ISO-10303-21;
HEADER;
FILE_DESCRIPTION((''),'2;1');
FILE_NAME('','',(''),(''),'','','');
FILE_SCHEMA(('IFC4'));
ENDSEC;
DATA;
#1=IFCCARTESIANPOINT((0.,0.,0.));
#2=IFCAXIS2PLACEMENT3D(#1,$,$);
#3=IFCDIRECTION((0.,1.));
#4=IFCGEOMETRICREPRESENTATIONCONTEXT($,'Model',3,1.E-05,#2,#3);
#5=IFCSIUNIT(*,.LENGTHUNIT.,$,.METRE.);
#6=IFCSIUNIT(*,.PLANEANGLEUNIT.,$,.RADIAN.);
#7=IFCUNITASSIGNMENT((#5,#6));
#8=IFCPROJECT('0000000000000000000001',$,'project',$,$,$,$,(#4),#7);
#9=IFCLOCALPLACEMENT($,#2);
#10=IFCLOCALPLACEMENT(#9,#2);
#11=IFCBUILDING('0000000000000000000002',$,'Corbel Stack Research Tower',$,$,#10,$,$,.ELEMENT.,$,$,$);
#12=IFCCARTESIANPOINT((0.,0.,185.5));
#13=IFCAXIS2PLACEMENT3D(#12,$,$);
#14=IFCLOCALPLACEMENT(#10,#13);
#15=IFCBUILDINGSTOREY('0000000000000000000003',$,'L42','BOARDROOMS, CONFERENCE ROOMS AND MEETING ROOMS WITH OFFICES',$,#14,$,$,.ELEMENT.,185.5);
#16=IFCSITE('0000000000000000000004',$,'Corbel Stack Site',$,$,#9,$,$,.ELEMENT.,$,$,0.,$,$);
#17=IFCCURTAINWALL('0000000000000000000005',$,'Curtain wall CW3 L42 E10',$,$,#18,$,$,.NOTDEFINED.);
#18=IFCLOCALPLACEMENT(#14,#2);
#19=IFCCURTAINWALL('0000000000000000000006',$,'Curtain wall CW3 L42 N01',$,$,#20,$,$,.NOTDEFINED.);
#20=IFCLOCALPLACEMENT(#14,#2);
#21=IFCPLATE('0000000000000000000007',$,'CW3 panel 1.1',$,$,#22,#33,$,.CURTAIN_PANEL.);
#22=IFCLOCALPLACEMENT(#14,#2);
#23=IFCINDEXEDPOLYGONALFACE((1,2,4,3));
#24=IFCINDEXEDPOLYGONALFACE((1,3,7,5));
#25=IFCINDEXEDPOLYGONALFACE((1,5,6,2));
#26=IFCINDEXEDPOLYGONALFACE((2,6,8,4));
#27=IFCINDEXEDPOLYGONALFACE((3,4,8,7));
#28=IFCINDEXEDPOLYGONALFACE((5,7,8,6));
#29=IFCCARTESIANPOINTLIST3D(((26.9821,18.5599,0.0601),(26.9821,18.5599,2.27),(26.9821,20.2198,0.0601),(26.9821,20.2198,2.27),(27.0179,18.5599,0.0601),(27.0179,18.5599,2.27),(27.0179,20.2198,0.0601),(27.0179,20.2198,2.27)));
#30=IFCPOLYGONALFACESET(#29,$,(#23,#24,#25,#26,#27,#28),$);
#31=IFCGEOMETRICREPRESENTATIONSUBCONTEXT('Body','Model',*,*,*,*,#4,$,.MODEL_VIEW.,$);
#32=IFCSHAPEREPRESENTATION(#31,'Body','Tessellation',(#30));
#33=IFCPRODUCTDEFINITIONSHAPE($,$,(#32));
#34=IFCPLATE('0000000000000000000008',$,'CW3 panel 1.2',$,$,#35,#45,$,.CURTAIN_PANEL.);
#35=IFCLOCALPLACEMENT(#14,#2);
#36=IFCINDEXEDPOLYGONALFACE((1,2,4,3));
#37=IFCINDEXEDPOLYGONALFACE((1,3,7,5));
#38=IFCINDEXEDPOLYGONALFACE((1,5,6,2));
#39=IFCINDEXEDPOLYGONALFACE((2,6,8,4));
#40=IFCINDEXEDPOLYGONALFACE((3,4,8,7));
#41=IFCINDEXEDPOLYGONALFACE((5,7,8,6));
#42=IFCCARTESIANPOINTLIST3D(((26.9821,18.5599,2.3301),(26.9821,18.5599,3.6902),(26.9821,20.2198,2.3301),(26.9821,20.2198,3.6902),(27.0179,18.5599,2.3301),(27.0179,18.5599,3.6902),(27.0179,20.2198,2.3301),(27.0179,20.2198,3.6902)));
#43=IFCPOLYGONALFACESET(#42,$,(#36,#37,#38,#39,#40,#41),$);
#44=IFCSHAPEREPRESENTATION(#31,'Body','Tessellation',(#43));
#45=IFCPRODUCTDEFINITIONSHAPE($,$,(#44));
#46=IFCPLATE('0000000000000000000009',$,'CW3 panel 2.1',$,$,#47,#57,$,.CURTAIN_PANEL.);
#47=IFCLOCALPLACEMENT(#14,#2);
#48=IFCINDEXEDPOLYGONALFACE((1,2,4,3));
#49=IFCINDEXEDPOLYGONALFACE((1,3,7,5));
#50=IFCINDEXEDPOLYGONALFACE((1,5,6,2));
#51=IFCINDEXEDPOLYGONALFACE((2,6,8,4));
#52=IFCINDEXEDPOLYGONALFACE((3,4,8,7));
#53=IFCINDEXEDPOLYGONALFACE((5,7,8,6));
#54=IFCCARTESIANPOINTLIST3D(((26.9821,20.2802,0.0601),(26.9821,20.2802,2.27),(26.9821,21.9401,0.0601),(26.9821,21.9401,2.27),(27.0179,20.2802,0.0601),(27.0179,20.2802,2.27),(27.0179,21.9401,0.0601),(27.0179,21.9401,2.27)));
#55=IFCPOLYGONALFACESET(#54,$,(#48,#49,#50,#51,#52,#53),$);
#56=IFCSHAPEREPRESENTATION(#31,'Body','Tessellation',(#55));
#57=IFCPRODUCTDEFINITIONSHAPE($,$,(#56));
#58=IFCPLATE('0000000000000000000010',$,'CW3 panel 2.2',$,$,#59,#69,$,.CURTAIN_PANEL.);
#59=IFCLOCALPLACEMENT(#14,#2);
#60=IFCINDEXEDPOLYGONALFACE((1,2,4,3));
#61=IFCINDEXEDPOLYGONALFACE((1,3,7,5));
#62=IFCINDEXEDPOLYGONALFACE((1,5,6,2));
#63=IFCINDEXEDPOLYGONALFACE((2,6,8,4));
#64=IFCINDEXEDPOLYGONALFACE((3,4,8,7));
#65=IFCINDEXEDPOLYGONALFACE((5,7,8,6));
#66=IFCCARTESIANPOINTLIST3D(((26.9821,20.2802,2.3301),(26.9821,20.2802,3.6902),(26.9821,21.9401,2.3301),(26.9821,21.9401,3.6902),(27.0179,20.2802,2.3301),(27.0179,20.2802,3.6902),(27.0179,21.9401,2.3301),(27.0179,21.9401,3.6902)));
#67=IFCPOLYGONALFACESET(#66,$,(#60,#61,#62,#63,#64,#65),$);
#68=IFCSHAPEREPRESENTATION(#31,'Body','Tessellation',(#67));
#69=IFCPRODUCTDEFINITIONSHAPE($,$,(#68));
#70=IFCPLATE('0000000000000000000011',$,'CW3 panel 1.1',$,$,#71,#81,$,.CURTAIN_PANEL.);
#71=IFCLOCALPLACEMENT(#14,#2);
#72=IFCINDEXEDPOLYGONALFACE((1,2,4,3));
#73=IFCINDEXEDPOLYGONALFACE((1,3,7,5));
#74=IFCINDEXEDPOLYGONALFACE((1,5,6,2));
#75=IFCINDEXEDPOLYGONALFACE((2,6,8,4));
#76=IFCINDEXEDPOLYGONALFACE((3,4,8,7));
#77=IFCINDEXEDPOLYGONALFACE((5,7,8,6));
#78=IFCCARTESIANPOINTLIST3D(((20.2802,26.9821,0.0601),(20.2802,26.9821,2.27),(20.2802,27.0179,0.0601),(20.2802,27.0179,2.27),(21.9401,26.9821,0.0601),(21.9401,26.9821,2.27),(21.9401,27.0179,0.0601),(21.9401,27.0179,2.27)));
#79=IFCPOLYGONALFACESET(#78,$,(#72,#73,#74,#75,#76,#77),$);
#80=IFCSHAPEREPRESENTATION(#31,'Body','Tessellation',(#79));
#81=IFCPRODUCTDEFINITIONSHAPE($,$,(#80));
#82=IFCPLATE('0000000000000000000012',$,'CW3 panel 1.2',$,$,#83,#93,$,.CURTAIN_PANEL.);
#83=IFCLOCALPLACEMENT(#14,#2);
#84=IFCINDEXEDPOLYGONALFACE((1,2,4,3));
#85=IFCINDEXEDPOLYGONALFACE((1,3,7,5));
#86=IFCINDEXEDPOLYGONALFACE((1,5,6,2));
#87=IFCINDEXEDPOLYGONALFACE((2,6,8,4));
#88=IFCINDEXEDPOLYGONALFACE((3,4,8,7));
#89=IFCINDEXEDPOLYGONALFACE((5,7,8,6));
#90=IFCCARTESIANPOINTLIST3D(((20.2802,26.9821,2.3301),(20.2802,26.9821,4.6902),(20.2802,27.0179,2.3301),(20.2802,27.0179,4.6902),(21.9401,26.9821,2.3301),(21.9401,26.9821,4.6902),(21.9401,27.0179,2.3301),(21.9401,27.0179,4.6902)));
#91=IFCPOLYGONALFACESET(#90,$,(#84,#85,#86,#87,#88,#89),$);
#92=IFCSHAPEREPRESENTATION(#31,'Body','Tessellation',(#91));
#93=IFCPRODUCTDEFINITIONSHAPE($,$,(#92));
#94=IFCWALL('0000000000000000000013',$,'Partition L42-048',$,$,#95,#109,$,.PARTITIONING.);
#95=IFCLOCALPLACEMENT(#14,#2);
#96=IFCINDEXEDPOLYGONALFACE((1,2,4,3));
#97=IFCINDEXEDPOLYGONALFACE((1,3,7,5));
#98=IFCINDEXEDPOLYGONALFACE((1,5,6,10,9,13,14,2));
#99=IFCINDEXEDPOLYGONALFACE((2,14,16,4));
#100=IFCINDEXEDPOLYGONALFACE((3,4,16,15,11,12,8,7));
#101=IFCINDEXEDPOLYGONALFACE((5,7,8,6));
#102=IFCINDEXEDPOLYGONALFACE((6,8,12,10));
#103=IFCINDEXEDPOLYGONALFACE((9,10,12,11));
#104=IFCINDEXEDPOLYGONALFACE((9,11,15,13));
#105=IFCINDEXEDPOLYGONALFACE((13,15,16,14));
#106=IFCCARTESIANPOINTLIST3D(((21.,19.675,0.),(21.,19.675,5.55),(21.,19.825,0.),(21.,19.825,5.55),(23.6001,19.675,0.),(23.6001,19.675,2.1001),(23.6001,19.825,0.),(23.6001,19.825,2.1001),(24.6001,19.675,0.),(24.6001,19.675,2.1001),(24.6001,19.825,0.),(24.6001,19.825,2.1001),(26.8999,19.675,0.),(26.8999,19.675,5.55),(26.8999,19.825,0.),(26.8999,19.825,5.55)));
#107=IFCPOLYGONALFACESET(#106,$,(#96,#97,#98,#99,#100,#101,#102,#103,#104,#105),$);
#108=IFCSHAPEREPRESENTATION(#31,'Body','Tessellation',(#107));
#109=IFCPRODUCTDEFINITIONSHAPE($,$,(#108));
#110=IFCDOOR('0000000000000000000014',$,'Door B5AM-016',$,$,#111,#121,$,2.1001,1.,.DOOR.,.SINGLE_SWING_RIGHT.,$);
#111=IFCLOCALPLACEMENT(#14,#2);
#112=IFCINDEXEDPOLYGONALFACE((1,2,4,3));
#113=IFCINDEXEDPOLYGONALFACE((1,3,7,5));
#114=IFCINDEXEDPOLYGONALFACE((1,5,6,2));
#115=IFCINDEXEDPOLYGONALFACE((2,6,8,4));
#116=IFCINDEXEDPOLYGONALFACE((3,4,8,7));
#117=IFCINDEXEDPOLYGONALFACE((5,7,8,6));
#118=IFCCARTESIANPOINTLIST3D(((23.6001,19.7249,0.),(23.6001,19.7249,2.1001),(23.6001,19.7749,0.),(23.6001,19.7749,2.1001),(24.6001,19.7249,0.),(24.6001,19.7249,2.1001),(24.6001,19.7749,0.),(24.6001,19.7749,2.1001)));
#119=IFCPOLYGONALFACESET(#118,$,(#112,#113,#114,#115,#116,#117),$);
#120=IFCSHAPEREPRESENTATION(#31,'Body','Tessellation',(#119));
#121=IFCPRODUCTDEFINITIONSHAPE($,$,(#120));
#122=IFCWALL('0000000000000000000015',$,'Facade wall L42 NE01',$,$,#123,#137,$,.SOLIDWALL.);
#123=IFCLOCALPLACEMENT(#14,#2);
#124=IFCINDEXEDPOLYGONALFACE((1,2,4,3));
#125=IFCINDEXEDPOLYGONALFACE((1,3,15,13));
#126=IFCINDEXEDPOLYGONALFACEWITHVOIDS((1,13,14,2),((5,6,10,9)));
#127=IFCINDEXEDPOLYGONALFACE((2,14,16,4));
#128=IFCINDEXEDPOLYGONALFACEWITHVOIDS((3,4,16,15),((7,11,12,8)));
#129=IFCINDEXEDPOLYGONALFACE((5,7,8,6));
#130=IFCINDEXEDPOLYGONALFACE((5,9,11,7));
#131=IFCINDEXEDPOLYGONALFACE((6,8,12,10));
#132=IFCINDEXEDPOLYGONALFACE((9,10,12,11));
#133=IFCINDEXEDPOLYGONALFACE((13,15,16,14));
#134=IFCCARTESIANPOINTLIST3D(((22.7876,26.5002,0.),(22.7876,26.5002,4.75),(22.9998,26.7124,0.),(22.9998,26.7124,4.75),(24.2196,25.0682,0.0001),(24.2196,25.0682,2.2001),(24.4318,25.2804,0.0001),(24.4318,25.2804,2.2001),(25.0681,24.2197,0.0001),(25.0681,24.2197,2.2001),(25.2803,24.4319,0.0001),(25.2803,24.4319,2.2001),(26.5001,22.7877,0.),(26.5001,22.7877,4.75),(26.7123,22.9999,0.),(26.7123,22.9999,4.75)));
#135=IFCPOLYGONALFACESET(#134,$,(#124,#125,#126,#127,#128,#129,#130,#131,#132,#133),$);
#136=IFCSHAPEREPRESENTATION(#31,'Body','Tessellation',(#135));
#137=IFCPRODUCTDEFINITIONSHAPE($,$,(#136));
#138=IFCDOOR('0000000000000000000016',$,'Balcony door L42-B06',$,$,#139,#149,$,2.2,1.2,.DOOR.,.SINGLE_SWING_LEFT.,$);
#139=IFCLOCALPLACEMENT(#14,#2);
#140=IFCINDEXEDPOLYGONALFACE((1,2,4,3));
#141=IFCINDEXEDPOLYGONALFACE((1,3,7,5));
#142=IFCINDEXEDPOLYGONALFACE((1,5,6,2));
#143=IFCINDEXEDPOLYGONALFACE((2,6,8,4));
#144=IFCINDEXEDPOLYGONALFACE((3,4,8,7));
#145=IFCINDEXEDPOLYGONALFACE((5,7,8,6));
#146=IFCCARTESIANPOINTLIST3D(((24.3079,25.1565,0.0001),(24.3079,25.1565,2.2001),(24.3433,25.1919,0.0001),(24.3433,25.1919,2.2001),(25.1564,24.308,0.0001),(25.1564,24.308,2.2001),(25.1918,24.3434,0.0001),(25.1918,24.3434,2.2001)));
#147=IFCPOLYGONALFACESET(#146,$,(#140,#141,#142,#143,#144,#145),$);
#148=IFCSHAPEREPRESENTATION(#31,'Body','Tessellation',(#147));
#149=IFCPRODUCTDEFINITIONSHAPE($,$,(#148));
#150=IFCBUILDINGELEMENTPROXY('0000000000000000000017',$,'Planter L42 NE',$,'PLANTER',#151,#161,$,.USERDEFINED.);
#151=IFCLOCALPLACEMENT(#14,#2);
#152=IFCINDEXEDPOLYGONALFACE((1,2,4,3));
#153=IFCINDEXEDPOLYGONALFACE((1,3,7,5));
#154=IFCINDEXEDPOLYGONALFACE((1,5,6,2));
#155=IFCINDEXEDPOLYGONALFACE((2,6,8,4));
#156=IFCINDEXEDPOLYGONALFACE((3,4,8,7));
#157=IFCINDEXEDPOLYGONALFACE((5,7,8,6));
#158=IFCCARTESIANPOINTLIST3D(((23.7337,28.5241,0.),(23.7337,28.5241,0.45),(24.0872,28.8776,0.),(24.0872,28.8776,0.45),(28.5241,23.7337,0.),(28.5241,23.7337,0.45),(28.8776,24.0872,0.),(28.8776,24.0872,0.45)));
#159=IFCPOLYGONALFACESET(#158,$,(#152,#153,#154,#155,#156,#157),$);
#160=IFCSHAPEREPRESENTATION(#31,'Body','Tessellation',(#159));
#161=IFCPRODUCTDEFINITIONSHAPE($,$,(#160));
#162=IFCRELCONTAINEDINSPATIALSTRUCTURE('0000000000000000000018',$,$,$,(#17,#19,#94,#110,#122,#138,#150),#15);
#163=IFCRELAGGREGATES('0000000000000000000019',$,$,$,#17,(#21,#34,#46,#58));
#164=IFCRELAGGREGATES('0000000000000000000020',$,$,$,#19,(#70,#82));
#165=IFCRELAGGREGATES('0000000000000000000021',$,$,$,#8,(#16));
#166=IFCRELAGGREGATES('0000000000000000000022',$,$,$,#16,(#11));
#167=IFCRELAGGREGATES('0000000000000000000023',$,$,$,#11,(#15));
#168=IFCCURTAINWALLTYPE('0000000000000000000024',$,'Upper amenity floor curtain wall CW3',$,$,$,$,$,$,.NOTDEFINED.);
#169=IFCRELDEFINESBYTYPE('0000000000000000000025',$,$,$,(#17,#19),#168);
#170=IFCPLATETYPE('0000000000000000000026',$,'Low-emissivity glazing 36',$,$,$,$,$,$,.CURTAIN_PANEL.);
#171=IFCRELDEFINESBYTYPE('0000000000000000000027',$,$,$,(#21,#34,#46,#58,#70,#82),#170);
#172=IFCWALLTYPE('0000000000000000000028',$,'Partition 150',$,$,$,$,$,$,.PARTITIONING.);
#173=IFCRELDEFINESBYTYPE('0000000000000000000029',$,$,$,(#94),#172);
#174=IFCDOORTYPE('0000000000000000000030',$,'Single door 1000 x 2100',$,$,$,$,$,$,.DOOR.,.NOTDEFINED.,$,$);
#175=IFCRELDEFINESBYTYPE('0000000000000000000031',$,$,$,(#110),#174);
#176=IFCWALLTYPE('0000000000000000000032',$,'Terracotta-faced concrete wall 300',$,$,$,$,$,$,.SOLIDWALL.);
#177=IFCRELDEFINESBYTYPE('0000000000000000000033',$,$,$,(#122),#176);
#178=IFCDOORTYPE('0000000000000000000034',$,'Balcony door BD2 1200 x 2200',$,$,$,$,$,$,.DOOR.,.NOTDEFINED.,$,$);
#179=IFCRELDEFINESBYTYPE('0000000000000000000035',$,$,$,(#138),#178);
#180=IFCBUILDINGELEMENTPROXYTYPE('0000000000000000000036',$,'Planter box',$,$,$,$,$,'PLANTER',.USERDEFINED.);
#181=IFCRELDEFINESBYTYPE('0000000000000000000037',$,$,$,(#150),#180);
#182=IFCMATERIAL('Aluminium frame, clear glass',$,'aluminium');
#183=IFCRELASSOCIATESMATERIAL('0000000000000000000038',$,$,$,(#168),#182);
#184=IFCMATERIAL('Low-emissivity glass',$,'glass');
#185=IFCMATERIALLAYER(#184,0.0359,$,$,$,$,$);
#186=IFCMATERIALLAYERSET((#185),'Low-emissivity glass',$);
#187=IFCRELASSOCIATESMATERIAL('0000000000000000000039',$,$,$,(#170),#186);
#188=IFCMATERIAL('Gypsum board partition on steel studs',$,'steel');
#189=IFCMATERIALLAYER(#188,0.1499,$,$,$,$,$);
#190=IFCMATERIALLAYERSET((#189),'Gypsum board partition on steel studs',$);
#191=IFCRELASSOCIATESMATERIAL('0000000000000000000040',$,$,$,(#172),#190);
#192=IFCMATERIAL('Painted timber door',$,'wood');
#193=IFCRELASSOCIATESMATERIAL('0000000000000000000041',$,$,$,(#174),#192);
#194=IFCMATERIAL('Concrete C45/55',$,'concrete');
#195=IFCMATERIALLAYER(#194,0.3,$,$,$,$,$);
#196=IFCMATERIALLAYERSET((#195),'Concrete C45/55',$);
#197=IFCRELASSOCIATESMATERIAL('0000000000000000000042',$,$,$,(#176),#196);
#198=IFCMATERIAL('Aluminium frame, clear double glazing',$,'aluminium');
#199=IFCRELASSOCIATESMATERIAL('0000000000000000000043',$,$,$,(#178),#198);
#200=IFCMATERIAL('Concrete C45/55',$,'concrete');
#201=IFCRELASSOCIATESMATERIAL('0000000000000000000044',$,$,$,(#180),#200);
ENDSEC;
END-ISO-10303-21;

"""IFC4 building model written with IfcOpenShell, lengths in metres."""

from ifc_helpers import new_model, si_unit, direction, frame, frame_2d, origin, origin_2d, place, context, subcontext, project, spatial, rectangle, extrude, material, layer, layer_set, type_object, element, fill, aggregate, save


model = new_model("IFC4")

# Units and contexts
model_context = context("Model", 3, precision=1e-05, world=origin(), true_north=direction((0.0, 1.0)))
body_context = subcontext(model_context, "Body", "Model", "MODEL_VIEW")
ifc_project = project(units=[si_unit("LENGTHUNIT", "METRE"), si_unit("PLANEANGLEUNIT", "RADIAN")], contexts=[model_context])

# Site, building, storey
site_placement = place(None, origin())
site = spatial("IfcSite", under=ifc_project, at=site_placement, Name="Corbel Stack Site", CompositionType="ELEMENT", RefElevation=0.0)
building_placement = place(site_placement, origin())
building = spatial("IfcBuilding", under=site, at=building_placement, Name="Corbel Stack Research Tower", CompositionType="ELEMENT")
storey_placement = place(building_placement, frame((0.0, 0.0, 185.5)))
storey = spatial("IfcBuildingStorey", under=building, at=storey_placement, Name="L42", Description="BOARDROOMS, CONFERENCE ROOMS AND MEETING ROOMS WITH OFFICES", CompositionType="ELEMENT", Elevation=185.5)

# Curtain walls
ifc_material_1 = material(Name="Aluminium frame, clear glass", Category="aluminium")
curtain_wall_type = type_object("IfcCurtainWallType", Name="Upper amenity floor curtain wall CW3", PredefinedType="NOTDEFINED", material=ifc_material_1)
curtain_wall_1_placement = place(storey_placement, origin())
curtain_wall_1 = element("IfcCurtainWall", 1, at=curtain_wall_1_placement, inside=storey, type_object=curtain_wall_type, Name="Curtain wall CW3 L42 E10", PredefinedType="NOTDEFINED")
curtain_wall_2_placement = place(storey_placement, origin())
curtain_wall_2 = element("IfcCurtainWall", 2, at=curtain_wall_2_placement, inside=storey, type_object=curtain_wall_type, Name="Curtain wall CW3 L42 N01", PredefinedType="NOTDEFINED")

# Plates
ifc_material_2 = material(Name="Low-emissivity glass", Category="glass")
ifc_layer_1 = layer(ifc_material_2, 0.0359)
ifc_layer_set_1 = layer_set([ifc_layer_1], Name="Low-emissivity glass")
plate_type = type_object("IfcPlateType", Name="Low-emissivity glazing 36", PredefinedType="CURTAIN_PANEL", material=ifc_layer_set_1)
plate_1_placement = place(storey_placement, frame((27.0, 19.3899, 0.0601), z_axis=(0.0, 0.0, 1.0), x_axis=(0.0, 1.0, 0.0)))
plate_1 = element("IfcPlate", 3, at=plate_1_placement, type_object=plate_type, Name="CW3 panel 1.1", PredefinedType="CURTAIN_PANEL", context=body_context, shape_type="SweptSolid", body=[
    extrude(rectangle(XDim=1.6599, YDim=0.0359, at=origin_2d()), origin(), (0.0, 0.0, 1.0), 2.21),
])
plate_2_placement = place(storey_placement, frame((27.0, 19.3899, 2.3301), z_axis=(0.0, 0.0, 1.0), x_axis=(0.0, 1.0, 0.0)))
plate_2 = element("IfcPlate", 4, at=plate_2_placement, type_object=plate_type, Name="CW3 panel 1.2", PredefinedType="CURTAIN_PANEL", context=body_context, shape_type="SweptSolid", body=[
    extrude(rectangle(XDim=1.6599, YDim=0.0359, at=origin_2d()), origin(), (0.0, 0.0, 1.0), 1.3601),
])
plate_3_placement = place(storey_placement, frame((27.0, 21.1101, 0.0601), z_axis=(0.0, 0.0, 1.0), x_axis=(0.0, 1.0, 0.0)))
plate_3 = element("IfcPlate", 5, at=plate_3_placement, type_object=plate_type, Name="CW3 panel 2.1", PredefinedType="CURTAIN_PANEL", context=body_context, shape_type="SweptSolid", body=[
    extrude(rectangle(XDim=1.6599, YDim=0.0359, at=origin_2d()), origin(), (0.0, 0.0, 1.0), 2.21),
])
plate_4_placement = place(storey_placement, frame((27.0, 21.1101, 2.3301), z_axis=(0.0, 0.0, 1.0), x_axis=(0.0, 1.0, 0.0)))
plate_4 = element("IfcPlate", 6, at=plate_4_placement, type_object=plate_type, Name="CW3 panel 2.2", PredefinedType="CURTAIN_PANEL", context=body_context, shape_type="SweptSolid", body=[
    extrude(rectangle(XDim=1.6599, YDim=0.0359, at=origin_2d()), origin(), (0.0, 0.0, 1.0), 1.3601),
])
aggregate(curtain_wall_1, [plate_1, plate_2, plate_3, plate_4])
plate_5_placement = place(storey_placement, frame((21.1101, 27.0, 0.0601), z_axis=(0.0, 0.0, 1.0), x_axis=(-1.0, 0.0, 0.0)))
plate_5 = element("IfcPlate", 7, at=plate_5_placement, type_object=plate_type, Name="CW3 panel 1.1", PredefinedType="CURTAIN_PANEL", context=body_context, shape_type="SweptSolid", body=[
    extrude(rectangle(XDim=1.6599, YDim=0.0359, at=origin_2d()), origin(), (0.0, 0.0, 1.0), 2.21),
])
plate_6_placement = place(storey_placement, frame((21.1101, 27.0, 2.3301), z_axis=(0.0, 0.0, 1.0), x_axis=(-1.0, 0.0, 0.0)))
plate_6 = element("IfcPlate", 8, at=plate_6_placement, type_object=plate_type, Name="CW3 panel 1.2", PredefinedType="CURTAIN_PANEL", context=body_context, shape_type="SweptSolid", body=[
    extrude(rectangle(XDim=1.6599, YDim=0.0359, at=origin_2d()), origin(), (0.0, 0.0, 1.0), 2.3601),
])
aggregate(curtain_wall_2, [plate_5, plate_6])

# Walls, openings, doors
ifc_material_3 = material(Name="Gypsum board partition on steel studs", Category="steel")
ifc_layer_2 = layer(ifc_material_3, 0.1499)
ifc_layer_set_2 = layer_set([ifc_layer_2], Name="Gypsum board partition on steel studs")
wall_type_1 = type_object("IfcWallType", Name="Partition 150", PredefinedType="PARTITIONING", material=ifc_layer_set_2)
wall_1_placement = place(storey_placement, frame((21.0, 19.75, 0.0), z_axis=(0.0, 0.0, 1.0), x_axis=(1.0, 0.0, 0.0)))
wall_1 = element("IfcWall", 9, at=wall_1_placement, inside=storey, type_object=wall_type_1, Name="Partition L42-048", PredefinedType="PARTITIONING", context=body_context, shape_type="SweptSolid", body=[
    extrude(rectangle(XDim=5.8999, YDim=0.1499, at=frame_2d((2.95, 0.0))), origin(), (0.0, 0.0, 1.0), 5.55),
])
opening_1_placement = place(wall_1_placement, frame((2.6001, 0.0, 0.0)))
opening_1 = element("IfcOpeningElement", 10, at=opening_1_placement, cuts=wall_1, PredefinedType="OPENING", context=body_context, shape_type="SweptSolid", body=[
    extrude(rectangle(XDim=1.0, YDim=2.1001, at=frame_2d((0.5, 1.05))), frame((0.0, 0.085, 0.0), z_axis=(0.0, -1.0, 0.0), x_axis=(1.0, 0.0, 0.0)), (0.0, 0.0, 1.0), 0.1699),
])
ifc_material_4 = material(Name="Painted timber door", Category="wood")
door_type_1 = type_object("IfcDoorType", Name="Single door 1000 x 2100", OperationType="NOTDEFINED", PredefinedType="DOOR", material=ifc_material_4)
door_1_placement = place(opening_1_placement, origin())
door_1 = element("IfcDoor", 11, at=door_1_placement, inside=storey, type_object=door_type_1, Name="Door B5AM-016", OperationType="SINGLE_SWING_RIGHT", OverallHeight=2.1001, OverallWidth=1.0, PredefinedType="DOOR", context=body_context, shape_type="SweptSolid", body=[
    extrude(rectangle(XDim=1.0, YDim=2.1001, at=frame_2d((0.5, 1.05))), frame((0.0, 0.0249, 0.0), z_axis=(0.0, -1.0, 0.0), x_axis=(1.0, 0.0, 0.0)), (0.0, 0.0, 1.0), 0.05),
])
fill(opening_1, door_1)
ifc_material_5 = material(Name="Concrete C45/55", Category="concrete")
ifc_layer_3 = layer(ifc_material_5, 0.3)
ifc_layer_set_3 = layer_set([ifc_layer_3], Name="Concrete C45/55")
wall_type_2 = type_object("IfcWallType", Name="Terracotta-faced concrete wall 300", PredefinedType="SOLIDWALL", material=ifc_layer_set_3)
wall_2_placement = place(storey_placement, frame((22.8938, 26.6062, 0.0), z_axis=(0.0, 0.0, 1.0), x_axis=(0.707107, -0.707107, 0.0)))
wall_2 = element("IfcWall", 12, at=wall_2_placement, inside=storey, type_object=wall_type_2, Name="Facade wall L42 NE01", PredefinedType="SOLIDWALL", context=body_context, shape_type="SweptSolid", body=[
    extrude(rectangle(XDim=5.2502, YDim=0.3, at=frame_2d((2.625, 0.0))), origin(), (0.0, 0.0, 1.0), 4.75),
])
opening_2_placement = place(wall_2_placement, frame((2.0249, 0.0, 0.0)))
opening_2 = element("IfcOpeningElement", 13, at=opening_2_placement, cuts=wall_2, PredefinedType="OPENING", context=body_context, shape_type="SweptSolid", body=[
    extrude(rectangle(XDim=1.2, YDim=2.2, at=frame_2d((0.6001, 1.1001))), frame((0.0, 0.1599, 0.0), z_axis=(0.0, -1.0, 0.0), x_axis=(1.0, 0.0, 0.0)), (0.0, 0.0, 1.0), 0.3201),
])
ifc_material_6 = material(Name="Aluminium frame, clear double glazing", Category="aluminium")
door_type_2 = type_object("IfcDoorType", Name="Balcony door BD2 1200 x 2200", OperationType="NOTDEFINED", PredefinedType="DOOR", material=ifc_material_6)
door_2_placement = place(opening_2_placement, origin())
door_2 = element("IfcDoor", 14, at=door_2_placement, inside=storey, type_object=door_type_2, Name="Balcony door L42-B06", OperationType="SINGLE_SWING_LEFT", OverallHeight=2.2, OverallWidth=1.2, PredefinedType="DOOR", context=body_context, shape_type="SweptSolid", body=[
    extrude(rectangle(XDim=1.2, YDim=2.2, at=frame_2d((0.6001, 1.1001))), frame((0.0, 0.0249, 0.0), z_axis=(0.0, -1.0, 0.0), x_axis=(1.0, 0.0, 0.0)), (0.0, 0.0, 1.0), 0.05),
])
fill(opening_2, door_2)

# Building element proxy
ifc_material_7 = material(Name="Concrete C45/55", Category="concrete")
building_element_proxy_type = type_object("IfcBuildingElementProxyType", Name="Planter box", ElementType="PLANTER", PredefinedType="USERDEFINED", material=ifc_material_7)
proxy_placement = place(storey_placement, frame((26.3057, 26.3057, 0.0), z_axis=(0.0, 0.0, 1.0), x_axis=(-0.707107, 0.707107, 0.0)))
element("IfcBuildingElementProxy", 15, at=proxy_placement, inside=storey, type_object=building_element_proxy_type, Name="Planter L42 NE", ObjectType="PLANTER", PredefinedType="USERDEFINED", context=body_context, shape_type="SweptSolid", body=[
    extrude(rectangle(XDim=6.7747, YDim=0.5, at=origin_2d()), origin(), (0.0, 0.0, 1.0), 0.45),
])

save(model, "model.ifc")
